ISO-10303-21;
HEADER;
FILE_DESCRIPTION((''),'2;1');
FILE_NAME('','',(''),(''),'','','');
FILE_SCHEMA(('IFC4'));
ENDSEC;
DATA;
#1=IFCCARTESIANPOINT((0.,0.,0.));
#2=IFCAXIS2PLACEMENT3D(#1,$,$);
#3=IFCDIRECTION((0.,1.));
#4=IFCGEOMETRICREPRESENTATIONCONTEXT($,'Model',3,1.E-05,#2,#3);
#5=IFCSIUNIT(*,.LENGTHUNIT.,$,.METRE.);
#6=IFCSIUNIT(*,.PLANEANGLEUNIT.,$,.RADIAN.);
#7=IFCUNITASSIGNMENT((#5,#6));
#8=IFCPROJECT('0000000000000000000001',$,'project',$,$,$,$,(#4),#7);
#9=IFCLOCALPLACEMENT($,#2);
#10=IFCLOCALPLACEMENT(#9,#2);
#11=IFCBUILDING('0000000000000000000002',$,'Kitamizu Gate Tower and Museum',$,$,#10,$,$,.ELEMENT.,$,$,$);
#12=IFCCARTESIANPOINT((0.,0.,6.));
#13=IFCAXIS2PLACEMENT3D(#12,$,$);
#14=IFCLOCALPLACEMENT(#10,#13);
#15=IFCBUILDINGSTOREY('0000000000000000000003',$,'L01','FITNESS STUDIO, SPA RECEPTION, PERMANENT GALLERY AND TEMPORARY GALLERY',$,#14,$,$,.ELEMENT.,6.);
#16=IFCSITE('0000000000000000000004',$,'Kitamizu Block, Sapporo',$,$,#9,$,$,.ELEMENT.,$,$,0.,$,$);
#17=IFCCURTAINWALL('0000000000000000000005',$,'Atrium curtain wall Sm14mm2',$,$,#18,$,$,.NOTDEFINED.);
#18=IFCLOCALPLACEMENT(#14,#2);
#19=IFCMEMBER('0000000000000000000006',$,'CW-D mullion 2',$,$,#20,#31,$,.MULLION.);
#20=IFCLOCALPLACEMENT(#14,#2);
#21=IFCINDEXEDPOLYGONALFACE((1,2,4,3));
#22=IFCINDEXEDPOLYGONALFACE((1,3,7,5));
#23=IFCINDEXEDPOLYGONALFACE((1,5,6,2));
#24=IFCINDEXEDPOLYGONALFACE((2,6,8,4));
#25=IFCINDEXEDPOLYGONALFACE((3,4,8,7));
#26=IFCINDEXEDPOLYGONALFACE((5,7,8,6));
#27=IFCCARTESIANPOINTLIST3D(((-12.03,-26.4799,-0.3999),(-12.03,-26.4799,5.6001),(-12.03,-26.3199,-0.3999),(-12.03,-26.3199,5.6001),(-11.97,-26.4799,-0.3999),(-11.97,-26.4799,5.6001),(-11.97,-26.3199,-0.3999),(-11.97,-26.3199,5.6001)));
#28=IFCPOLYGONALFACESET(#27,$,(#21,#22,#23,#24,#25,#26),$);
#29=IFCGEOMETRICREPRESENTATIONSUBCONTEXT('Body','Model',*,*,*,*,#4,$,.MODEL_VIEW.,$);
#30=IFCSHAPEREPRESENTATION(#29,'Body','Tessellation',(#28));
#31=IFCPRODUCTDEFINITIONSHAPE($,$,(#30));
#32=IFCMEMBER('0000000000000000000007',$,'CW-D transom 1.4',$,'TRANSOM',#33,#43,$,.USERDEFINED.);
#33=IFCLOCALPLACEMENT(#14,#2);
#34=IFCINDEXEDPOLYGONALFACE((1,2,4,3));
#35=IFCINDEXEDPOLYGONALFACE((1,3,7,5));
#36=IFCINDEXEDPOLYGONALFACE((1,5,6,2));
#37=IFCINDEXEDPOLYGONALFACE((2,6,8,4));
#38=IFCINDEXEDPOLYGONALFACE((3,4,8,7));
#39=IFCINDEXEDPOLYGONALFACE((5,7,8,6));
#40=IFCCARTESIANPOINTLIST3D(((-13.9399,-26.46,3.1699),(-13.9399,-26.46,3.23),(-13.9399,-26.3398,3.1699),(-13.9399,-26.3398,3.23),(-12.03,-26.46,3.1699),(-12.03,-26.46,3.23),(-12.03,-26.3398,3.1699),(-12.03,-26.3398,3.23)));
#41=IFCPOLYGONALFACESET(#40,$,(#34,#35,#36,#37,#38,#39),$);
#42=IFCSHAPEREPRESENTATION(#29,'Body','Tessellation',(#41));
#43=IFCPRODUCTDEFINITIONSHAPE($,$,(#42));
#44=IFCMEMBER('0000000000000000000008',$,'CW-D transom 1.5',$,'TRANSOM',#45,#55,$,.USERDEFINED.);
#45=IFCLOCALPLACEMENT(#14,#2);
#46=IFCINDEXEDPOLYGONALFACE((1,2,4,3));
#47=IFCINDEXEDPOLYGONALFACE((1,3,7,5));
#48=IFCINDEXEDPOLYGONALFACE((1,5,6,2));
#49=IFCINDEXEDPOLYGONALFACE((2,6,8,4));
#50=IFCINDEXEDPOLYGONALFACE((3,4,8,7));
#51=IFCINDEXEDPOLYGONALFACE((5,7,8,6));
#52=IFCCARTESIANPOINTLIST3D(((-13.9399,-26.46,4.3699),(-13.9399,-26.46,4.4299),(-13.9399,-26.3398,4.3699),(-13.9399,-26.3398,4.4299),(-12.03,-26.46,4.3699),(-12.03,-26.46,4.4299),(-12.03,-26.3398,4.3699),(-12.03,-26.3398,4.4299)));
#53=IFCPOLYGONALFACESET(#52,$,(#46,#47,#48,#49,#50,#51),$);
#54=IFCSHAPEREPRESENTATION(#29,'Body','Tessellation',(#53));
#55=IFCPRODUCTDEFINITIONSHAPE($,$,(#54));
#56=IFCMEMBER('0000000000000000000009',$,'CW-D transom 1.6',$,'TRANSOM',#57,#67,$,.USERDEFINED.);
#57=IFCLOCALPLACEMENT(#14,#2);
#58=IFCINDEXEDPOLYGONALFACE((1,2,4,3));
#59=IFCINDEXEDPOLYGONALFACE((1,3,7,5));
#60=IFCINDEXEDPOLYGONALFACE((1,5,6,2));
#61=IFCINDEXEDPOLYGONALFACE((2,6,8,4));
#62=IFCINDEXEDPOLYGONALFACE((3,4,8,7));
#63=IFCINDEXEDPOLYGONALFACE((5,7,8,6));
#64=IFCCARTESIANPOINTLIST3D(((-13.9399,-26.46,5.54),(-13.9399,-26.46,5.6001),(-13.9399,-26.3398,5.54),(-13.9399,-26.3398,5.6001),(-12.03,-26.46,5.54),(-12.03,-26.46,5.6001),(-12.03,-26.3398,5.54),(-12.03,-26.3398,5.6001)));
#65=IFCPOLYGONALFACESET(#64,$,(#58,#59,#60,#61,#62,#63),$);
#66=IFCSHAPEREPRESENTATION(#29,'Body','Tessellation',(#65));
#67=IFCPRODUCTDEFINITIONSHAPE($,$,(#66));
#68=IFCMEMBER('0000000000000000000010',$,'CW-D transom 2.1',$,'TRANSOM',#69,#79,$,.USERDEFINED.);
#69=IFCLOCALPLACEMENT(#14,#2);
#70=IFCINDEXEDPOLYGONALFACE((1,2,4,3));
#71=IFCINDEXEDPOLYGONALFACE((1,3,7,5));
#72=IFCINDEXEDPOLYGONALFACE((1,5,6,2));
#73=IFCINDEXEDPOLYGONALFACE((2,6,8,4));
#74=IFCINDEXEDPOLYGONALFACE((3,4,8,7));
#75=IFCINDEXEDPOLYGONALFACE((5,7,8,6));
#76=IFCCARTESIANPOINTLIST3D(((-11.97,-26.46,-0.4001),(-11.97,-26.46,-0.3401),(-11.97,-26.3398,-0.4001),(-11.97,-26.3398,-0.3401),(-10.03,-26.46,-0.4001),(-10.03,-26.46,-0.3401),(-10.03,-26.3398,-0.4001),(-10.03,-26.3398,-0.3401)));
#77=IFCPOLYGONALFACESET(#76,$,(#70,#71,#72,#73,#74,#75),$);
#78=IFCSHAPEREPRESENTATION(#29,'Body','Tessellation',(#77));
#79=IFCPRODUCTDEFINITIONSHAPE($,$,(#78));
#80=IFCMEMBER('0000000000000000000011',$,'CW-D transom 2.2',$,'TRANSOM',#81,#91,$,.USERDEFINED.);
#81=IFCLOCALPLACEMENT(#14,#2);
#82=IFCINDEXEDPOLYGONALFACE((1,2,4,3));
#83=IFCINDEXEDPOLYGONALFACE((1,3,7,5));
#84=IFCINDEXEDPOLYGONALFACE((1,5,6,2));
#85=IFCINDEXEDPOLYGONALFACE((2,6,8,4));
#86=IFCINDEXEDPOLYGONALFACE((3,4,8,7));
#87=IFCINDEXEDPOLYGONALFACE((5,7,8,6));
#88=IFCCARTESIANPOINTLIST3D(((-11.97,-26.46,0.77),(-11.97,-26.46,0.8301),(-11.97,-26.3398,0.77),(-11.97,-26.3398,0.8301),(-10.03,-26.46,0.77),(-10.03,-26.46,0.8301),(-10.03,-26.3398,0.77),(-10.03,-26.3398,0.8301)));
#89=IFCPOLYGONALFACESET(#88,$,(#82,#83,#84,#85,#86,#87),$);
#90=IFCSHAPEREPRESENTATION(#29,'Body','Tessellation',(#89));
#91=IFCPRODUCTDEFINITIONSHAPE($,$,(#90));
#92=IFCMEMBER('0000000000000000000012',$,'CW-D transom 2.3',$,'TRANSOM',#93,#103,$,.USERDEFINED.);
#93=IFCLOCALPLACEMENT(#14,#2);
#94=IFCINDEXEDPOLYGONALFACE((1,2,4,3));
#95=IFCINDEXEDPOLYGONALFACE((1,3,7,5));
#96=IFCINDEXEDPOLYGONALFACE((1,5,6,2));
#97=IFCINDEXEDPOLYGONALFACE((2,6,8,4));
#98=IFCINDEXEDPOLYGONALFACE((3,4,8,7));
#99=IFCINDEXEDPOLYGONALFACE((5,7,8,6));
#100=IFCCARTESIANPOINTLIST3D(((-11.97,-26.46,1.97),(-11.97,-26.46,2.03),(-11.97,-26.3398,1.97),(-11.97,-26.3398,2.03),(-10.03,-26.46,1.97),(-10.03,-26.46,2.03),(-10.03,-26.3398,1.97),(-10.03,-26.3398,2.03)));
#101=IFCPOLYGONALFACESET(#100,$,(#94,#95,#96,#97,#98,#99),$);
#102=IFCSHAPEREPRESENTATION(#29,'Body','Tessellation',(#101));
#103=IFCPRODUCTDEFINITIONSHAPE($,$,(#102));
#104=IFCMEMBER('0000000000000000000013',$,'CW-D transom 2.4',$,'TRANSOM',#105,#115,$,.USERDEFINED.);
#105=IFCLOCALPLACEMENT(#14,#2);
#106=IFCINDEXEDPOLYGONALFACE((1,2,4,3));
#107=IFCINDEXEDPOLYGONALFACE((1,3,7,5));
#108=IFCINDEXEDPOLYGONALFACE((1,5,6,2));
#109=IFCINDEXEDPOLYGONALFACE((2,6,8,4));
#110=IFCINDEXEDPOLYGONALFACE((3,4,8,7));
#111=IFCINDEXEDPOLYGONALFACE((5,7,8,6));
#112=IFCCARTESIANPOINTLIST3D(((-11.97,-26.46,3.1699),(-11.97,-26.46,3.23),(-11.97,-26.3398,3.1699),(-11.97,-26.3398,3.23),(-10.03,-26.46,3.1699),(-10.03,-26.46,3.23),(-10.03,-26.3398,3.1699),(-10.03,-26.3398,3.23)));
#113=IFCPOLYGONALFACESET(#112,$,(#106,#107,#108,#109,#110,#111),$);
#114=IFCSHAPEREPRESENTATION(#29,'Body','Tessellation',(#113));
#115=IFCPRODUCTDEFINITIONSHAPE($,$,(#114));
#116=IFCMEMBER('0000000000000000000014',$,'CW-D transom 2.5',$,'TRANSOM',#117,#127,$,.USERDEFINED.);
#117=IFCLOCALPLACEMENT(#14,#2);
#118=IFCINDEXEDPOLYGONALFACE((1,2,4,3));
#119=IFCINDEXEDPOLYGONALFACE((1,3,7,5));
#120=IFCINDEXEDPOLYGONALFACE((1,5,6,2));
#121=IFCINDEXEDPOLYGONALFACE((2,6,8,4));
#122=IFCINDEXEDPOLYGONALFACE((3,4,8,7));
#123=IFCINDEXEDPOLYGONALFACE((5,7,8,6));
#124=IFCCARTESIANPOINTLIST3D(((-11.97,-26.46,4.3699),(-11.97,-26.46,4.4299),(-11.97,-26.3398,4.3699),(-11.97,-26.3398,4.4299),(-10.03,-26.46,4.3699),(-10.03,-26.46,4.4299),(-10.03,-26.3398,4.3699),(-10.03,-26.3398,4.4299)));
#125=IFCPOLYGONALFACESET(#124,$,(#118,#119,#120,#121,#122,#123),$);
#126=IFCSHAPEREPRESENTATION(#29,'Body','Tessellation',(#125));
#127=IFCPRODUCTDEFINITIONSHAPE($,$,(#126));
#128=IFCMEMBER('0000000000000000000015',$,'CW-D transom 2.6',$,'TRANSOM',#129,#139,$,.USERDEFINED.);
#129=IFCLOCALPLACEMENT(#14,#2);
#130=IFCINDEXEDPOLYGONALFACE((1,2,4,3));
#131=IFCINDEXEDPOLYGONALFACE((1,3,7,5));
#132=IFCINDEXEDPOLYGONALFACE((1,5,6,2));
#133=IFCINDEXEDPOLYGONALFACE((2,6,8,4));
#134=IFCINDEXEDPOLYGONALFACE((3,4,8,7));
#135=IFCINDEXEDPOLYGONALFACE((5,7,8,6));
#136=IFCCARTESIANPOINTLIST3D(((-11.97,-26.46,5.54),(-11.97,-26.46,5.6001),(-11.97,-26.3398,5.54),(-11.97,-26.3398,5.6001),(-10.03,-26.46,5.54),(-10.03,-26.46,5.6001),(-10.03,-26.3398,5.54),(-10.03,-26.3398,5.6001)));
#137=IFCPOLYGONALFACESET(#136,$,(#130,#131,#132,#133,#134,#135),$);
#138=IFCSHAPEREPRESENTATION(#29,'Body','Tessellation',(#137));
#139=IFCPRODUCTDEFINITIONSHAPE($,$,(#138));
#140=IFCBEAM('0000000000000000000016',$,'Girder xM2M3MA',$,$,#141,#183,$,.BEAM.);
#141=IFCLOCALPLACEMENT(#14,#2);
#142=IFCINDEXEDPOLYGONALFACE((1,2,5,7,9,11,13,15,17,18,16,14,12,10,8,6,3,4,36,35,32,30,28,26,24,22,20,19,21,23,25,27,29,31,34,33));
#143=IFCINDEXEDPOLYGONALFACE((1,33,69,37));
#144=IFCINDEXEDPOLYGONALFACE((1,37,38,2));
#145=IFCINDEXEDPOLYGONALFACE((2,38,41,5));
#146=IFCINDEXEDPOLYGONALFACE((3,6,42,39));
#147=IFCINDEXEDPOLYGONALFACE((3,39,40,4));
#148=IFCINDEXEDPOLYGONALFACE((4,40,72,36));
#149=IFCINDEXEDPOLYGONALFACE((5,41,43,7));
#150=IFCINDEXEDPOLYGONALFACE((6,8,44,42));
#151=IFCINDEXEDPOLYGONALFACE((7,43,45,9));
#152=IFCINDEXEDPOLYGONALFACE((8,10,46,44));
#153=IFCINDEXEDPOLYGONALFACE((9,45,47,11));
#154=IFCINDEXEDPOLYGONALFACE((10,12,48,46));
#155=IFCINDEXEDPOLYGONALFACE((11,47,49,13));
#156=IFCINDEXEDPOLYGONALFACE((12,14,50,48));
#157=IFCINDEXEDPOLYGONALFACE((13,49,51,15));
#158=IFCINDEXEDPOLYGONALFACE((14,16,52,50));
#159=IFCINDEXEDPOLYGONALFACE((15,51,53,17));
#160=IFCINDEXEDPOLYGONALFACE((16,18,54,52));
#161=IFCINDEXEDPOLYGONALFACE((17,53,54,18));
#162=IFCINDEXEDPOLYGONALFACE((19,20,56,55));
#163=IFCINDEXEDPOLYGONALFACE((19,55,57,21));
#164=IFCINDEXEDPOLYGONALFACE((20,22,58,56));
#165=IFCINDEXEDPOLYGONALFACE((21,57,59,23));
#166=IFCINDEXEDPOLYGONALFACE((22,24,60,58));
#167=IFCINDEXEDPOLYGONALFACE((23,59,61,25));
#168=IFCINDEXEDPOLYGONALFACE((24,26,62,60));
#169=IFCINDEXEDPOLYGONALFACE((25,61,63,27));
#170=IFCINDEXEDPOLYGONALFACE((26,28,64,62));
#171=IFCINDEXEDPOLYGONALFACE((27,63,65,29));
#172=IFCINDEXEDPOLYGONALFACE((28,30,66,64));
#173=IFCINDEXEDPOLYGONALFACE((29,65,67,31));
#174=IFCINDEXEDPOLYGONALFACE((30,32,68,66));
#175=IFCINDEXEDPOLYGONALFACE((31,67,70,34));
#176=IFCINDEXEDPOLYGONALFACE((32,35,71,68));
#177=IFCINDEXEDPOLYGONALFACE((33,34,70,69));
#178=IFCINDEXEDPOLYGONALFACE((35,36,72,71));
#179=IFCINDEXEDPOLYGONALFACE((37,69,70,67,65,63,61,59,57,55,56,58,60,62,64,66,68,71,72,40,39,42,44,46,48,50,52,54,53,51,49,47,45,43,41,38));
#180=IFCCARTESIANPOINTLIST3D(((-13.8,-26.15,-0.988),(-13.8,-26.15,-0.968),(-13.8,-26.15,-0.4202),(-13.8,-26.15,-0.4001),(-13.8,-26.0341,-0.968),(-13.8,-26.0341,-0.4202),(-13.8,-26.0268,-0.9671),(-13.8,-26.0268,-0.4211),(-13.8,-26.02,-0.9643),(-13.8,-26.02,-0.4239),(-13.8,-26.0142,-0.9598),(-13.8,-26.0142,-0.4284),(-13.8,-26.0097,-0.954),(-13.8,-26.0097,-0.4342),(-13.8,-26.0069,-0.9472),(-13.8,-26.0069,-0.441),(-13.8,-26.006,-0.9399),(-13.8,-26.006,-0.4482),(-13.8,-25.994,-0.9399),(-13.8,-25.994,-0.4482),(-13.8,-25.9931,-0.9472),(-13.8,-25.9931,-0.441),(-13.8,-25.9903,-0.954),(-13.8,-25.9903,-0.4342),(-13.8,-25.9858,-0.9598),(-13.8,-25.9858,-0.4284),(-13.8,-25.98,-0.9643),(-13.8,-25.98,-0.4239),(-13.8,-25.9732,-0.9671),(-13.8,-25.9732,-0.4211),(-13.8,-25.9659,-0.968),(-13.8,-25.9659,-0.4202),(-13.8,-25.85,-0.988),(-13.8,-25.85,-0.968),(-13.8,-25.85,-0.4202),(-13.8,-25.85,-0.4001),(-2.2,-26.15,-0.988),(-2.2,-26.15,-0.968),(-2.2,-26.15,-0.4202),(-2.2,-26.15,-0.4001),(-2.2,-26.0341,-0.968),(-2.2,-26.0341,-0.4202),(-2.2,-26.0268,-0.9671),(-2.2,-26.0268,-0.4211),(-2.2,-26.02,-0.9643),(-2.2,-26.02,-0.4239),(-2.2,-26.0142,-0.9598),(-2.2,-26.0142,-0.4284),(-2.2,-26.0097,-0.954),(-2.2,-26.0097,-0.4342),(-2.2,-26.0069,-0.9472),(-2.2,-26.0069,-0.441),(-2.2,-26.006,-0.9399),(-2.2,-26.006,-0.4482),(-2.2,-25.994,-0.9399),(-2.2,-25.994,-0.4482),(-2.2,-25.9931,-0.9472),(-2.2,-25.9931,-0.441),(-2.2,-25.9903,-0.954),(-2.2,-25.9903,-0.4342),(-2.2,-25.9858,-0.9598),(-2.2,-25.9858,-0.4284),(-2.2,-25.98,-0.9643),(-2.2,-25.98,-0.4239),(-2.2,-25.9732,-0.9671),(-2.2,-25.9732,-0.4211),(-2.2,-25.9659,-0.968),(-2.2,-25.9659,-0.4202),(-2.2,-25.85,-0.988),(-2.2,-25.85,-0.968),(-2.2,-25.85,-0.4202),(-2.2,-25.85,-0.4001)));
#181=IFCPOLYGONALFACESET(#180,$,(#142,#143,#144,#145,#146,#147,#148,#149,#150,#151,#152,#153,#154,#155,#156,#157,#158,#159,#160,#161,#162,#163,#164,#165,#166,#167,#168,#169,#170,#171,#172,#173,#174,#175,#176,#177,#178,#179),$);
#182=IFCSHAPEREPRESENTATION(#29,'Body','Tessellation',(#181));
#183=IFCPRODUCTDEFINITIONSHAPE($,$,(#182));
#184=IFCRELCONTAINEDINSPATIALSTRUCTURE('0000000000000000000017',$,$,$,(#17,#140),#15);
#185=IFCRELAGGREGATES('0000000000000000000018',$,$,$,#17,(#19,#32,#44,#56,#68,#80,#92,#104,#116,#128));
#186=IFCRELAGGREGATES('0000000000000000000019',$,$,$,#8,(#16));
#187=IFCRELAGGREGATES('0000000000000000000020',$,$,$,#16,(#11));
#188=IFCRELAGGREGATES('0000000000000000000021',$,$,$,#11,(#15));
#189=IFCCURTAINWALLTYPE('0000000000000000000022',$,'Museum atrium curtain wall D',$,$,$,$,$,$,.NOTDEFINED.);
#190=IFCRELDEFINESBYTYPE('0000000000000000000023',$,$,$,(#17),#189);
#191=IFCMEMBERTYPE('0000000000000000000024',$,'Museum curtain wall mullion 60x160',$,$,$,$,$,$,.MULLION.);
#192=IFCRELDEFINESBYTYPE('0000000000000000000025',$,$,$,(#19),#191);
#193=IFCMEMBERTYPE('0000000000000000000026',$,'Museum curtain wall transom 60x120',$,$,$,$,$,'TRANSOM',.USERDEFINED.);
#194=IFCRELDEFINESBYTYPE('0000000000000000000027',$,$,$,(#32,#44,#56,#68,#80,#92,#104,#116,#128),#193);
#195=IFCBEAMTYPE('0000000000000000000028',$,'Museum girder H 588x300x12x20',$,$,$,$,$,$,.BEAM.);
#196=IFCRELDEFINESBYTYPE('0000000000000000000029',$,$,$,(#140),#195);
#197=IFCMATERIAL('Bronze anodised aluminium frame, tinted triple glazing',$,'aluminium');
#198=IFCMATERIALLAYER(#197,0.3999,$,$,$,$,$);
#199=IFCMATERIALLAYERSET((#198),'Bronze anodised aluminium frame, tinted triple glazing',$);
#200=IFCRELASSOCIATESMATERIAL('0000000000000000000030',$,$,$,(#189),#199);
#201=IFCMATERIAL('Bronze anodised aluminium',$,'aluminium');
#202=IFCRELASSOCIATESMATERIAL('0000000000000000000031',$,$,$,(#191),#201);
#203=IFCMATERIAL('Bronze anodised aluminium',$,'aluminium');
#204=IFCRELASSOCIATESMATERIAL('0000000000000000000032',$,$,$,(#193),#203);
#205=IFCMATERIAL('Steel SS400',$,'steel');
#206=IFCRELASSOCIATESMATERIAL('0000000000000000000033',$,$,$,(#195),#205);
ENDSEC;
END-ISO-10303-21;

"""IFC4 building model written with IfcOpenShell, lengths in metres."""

from ifc_helpers import new_model, si_unit, direction, frame, origin, origin_2d, place, context, subcontext, project, spatial, rectangle, i_section, extrude, material, layer, layer_set, material_profile, profile_set, type_object, element, aggregate, save


model = new_model("IFC4")

# Units and contexts
model_context = context("Model", 3, precision=1e-05, world=origin(), true_north=direction((0.0, 1.0)))
body_context = subcontext(model_context, "Body", "Model", "MODEL_VIEW")
ifc_project = project(units=[si_unit("LENGTHUNIT", "METRE"), si_unit("PLANEANGLEUNIT", "RADIAN")], contexts=[model_context])

# Site, building, storey
site_placement = place(None, origin())
site = spatial("IfcSite", under=ifc_project, at=site_placement, Name="Kitamizu Block, Sapporo", CompositionType="ELEMENT", RefElevation=0.0)
building_placement = place(site_placement, origin())
building = spatial("IfcBuilding", under=site, at=building_placement, Name="Kitamizu Gate Tower and Museum", CompositionType="ELEMENT")
storey_placement = place(building_placement, frame((0.0, 0.0, 6.0)))
storey = spatial("IfcBuildingStorey", under=building, at=storey_placement, Name="L01", Description="FITNESS STUDIO, SPA RECEPTION, PERMANENT GALLERY AND TEMPORARY GALLERY", CompositionType="ELEMENT", Elevation=6.0)

# Curtain wall, members
ifc_material_1 = material(Name="Bronze anodised aluminium frame, tinted triple glazing", Category="aluminium")
ifc_layer_1 = layer(ifc_material_1, 0.3999)
ifc_layer_set_1 = layer_set([ifc_layer_1], Name="Bronze anodised aluminium frame, tinted triple glazing")
curtain_wall_type = type_object("IfcCurtainWallType", Name="Museum atrium curtain wall D", PredefinedType="NOTDEFINED", material=ifc_layer_set_1)
curtain_wall_placement = place(storey_placement, origin())
curtain_wall = element("IfcCurtainWall", 1, at=curtain_wall_placement, inside=storey, type_object=curtain_wall_type, Name="Atrium curtain wall Sm14mm2", PredefinedType="NOTDEFINED")
ifc_material_2 = material(Name="Bronze anodised aluminium", Category="aluminium")
ifc_material_profile_1 = material_profile(ifc_material_2, rectangle(XDim=0.0601, YDim=0.1599, at=origin_2d()), Name="60x160")
ifc_profile_set_1 = profile_set([ifc_material_profile_1], Name="Bronze anodised aluminium")
member_type_1 = type_object("IfcMemberType", Name="Museum curtain wall mullion 60x160", PredefinedType="MULLION", material=ifc_profile_set_1)
member_1_placement = place(storey_placement, frame((-12.0, -26.3999, -0.3999), z_axis=(0.0, 0.0, 1.0), x_axis=(1.0, 0.0, 0.0)))
member_1 = element("IfcMember", 2, at=member_1_placement, type_object=member_type_1, Name="CW-D mullion 2", PredefinedType="MULLION", context=body_context, shape_type="SweptSolid", body=[
    extrude(rectangle(XDim=0.0601, YDim=0.1599, at=origin_2d()), origin(), (0.0, 0.0, 1.0), 6.0),
])
ifc_material_3 = material(Name="Bronze anodised aluminium", Category="aluminium")
ifc_material_profile_2 = material_profile(ifc_material_3, rectangle(XDim=0.1201, YDim=0.0601, at=origin_2d()), Name="120x60")
ifc_profile_set_2 = profile_set([ifc_material_profile_2], Name="Bronze anodised aluminium")
member_type_2 = type_object("IfcMemberType", Name="Museum curtain wall transom 60x120", ElementType="TRANSOM", PredefinedType="USERDEFINED", material=ifc_profile_set_2)
member_2_placement = place(storey_placement, frame((-13.9399, -26.3999, 3.2), z_axis=(1.0, 0.0, 0.0), x_axis=(0.0, 1.0, 0.0)))
member_2 = element("IfcMember", 3, at=member_2_placement, type_object=member_type_2, Name="CW-D transom 1.4", ObjectType="TRANSOM", PredefinedType="USERDEFINED", context=body_context, shape_type="SweptSolid", body=[
    extrude(rectangle(XDim=0.1201, YDim=0.0601, at=origin_2d()), origin(), (0.0, 0.0, 1.0), 1.9099),
])
member_3_placement = place(storey_placement, frame((-13.9399, -26.3999, 4.3999), z_axis=(1.0, 0.0, 0.0), x_axis=(0.0, 1.0, 0.0)))
member_3 = element("IfcMember", 4, at=member_3_placement, type_object=member_type_2, Name="CW-D transom 1.5", ObjectType="TRANSOM", PredefinedType="USERDEFINED", context=body_context, shape_type="SweptSolid", body=[
    extrude(rectangle(XDim=0.1201, YDim=0.0601, at=origin_2d()), origin(), (0.0, 0.0, 1.0), 1.9099),
])
member_4_placement = place(storey_placement, frame((-13.9399, -26.3999, 5.5701), z_axis=(1.0, 0.0, 0.0), x_axis=(0.0, 1.0, 0.0)))
member_4 = element("IfcMember", 5, at=member_4_placement, type_object=member_type_2, Name="CW-D transom 1.6", ObjectType="TRANSOM", PredefinedType="USERDEFINED", context=body_context, shape_type="SweptSolid", body=[
    extrude(rectangle(XDim=0.1201, YDim=0.0601, at=origin_2d()), origin(), (0.0, 0.0, 1.0), 1.9099),
])
member_5_placement = place(storey_placement, frame((-11.97, -26.3999, -0.3701), z_axis=(1.0, 0.0, 0.0), x_axis=(0.0, 1.0, 0.0)))
member_5 = element("IfcMember", 6, at=member_5_placement, type_object=member_type_2, Name="CW-D transom 2.1", ObjectType="TRANSOM", PredefinedType="USERDEFINED", context=body_context, shape_type="SweptSolid", body=[
    extrude(rectangle(XDim=0.1201, YDim=0.0601, at=origin_2d()), origin(), (0.0, 0.0, 1.0), 1.9399),
])
member_6_placement = place(storey_placement, frame((-11.97, -26.3999, 0.8), z_axis=(1.0, 0.0, 0.0), x_axis=(0.0, 1.0, 0.0)))
member_6 = element("IfcMember", 7, at=member_6_placement, type_object=member_type_2, Name="CW-D transom 2.2", ObjectType="TRANSOM", PredefinedType="USERDEFINED", context=body_context, shape_type="SweptSolid", body=[
    extrude(rectangle(XDim=0.1201, YDim=0.0601, at=origin_2d()), origin(), (0.0, 0.0, 1.0), 1.9399),
])
member_7_placement = place(storey_placement, frame((-11.97, -26.3999, 2.0), z_axis=(1.0, 0.0, 0.0), x_axis=(0.0, 1.0, 0.0)))
member_7 = element("IfcMember", 8, at=member_7_placement, type_object=member_type_2, Name="CW-D transom 2.3", ObjectType="TRANSOM", PredefinedType="USERDEFINED", context=body_context, shape_type="SweptSolid", body=[
    extrude(rectangle(XDim=0.1201, YDim=0.0601, at=origin_2d()), origin(), (0.0, 0.0, 1.0), 1.9399),
])
member_8_placement = place(storey_placement, frame((-11.97, -26.3999, 3.2), z_axis=(1.0, 0.0, 0.0), x_axis=(0.0, 1.0, 0.0)))
member_8 = element("IfcMember", 9, at=member_8_placement, type_object=member_type_2, Name="CW-D transom 2.4", ObjectType="TRANSOM", PredefinedType="USERDEFINED", context=body_context, shape_type="SweptSolid", body=[
    extrude(rectangle(XDim=0.1201, YDim=0.0601, at=origin_2d()), origin(), (0.0, 0.0, 1.0), 1.9399),
])
member_9_placement = place(storey_placement, frame((-11.97, -26.3999, 4.3999), z_axis=(1.0, 0.0, 0.0), x_axis=(0.0, 1.0, 0.0)))
member_9 = element("IfcMember", 10, at=member_9_placement, type_object=member_type_2, Name="CW-D transom 2.5", ObjectType="TRANSOM", PredefinedType="USERDEFINED", context=body_context, shape_type="SweptSolid", body=[
    extrude(rectangle(XDim=0.1201, YDim=0.0601, at=origin_2d()), origin(), (0.0, 0.0, 1.0), 1.9399),
])
member_10_placement = place(storey_placement, frame((-11.97, -26.3999, 5.5701), z_axis=(1.0, 0.0, 0.0), x_axis=(0.0, 1.0, 0.0)))
member_10 = element("IfcMember", 11, at=member_10_placement, type_object=member_type_2, Name="CW-D transom 2.6", ObjectType="TRANSOM", PredefinedType="USERDEFINED", context=body_context, shape_type="SweptSolid", body=[
    extrude(rectangle(XDim=0.1201, YDim=0.0601, at=origin_2d()), origin(), (0.0, 0.0, 1.0), 1.9399),
])

# Beam
ifc_material_4 = material(Name="Steel SS400", Category="steel")
ifc_material_profile_3 = material_profile(ifc_material_4, i_section(OverallWidth=0.3, OverallDepth=0.5879, WebThickness=0.012, FlangeThickness=0.02, FilletRadius=0.0281, at=origin_2d()), Name="H-588x300x12x20")
ifc_profile_set_3 = profile_set([ifc_material_profile_3], Name="Steel SS400")
beam_type = type_object("IfcBeamType", Name="Museum girder H 588x300x12x20", PredefinedType="BEAM", material=ifc_profile_set_3)
for number, where, z_axis, x_axis, name in (
    (12, (-13.8, -26.0, -0.6941), (1.0, 0.0, 0.0), (0.0, 1.0, 0.0), "Girder xM2M3MA"),
):
    element("IfcBeam", number, at=place(storey_placement, frame(where, z_axis=z_axis, x_axis=x_axis)), inside=storey, type_object=beam_type, Name=name, PredefinedType="BEAM", context=body_context, shape_type="SweptSolid", body=[
        extrude(i_section(OverallWidth=0.3, OverallDepth=0.5879, WebThickness=0.012, FlangeThickness=0.02, FilletRadius=0.0281, at=origin_2d()), origin(), (0.0, 0.0, 1.0), 11.6001),
    ])

aggregate(curtain_wall, [member_1, member_2, member_3, member_4, member_5, member_6, member_7, member_8, member_9, member_10])

save(model, "model.ifc")
